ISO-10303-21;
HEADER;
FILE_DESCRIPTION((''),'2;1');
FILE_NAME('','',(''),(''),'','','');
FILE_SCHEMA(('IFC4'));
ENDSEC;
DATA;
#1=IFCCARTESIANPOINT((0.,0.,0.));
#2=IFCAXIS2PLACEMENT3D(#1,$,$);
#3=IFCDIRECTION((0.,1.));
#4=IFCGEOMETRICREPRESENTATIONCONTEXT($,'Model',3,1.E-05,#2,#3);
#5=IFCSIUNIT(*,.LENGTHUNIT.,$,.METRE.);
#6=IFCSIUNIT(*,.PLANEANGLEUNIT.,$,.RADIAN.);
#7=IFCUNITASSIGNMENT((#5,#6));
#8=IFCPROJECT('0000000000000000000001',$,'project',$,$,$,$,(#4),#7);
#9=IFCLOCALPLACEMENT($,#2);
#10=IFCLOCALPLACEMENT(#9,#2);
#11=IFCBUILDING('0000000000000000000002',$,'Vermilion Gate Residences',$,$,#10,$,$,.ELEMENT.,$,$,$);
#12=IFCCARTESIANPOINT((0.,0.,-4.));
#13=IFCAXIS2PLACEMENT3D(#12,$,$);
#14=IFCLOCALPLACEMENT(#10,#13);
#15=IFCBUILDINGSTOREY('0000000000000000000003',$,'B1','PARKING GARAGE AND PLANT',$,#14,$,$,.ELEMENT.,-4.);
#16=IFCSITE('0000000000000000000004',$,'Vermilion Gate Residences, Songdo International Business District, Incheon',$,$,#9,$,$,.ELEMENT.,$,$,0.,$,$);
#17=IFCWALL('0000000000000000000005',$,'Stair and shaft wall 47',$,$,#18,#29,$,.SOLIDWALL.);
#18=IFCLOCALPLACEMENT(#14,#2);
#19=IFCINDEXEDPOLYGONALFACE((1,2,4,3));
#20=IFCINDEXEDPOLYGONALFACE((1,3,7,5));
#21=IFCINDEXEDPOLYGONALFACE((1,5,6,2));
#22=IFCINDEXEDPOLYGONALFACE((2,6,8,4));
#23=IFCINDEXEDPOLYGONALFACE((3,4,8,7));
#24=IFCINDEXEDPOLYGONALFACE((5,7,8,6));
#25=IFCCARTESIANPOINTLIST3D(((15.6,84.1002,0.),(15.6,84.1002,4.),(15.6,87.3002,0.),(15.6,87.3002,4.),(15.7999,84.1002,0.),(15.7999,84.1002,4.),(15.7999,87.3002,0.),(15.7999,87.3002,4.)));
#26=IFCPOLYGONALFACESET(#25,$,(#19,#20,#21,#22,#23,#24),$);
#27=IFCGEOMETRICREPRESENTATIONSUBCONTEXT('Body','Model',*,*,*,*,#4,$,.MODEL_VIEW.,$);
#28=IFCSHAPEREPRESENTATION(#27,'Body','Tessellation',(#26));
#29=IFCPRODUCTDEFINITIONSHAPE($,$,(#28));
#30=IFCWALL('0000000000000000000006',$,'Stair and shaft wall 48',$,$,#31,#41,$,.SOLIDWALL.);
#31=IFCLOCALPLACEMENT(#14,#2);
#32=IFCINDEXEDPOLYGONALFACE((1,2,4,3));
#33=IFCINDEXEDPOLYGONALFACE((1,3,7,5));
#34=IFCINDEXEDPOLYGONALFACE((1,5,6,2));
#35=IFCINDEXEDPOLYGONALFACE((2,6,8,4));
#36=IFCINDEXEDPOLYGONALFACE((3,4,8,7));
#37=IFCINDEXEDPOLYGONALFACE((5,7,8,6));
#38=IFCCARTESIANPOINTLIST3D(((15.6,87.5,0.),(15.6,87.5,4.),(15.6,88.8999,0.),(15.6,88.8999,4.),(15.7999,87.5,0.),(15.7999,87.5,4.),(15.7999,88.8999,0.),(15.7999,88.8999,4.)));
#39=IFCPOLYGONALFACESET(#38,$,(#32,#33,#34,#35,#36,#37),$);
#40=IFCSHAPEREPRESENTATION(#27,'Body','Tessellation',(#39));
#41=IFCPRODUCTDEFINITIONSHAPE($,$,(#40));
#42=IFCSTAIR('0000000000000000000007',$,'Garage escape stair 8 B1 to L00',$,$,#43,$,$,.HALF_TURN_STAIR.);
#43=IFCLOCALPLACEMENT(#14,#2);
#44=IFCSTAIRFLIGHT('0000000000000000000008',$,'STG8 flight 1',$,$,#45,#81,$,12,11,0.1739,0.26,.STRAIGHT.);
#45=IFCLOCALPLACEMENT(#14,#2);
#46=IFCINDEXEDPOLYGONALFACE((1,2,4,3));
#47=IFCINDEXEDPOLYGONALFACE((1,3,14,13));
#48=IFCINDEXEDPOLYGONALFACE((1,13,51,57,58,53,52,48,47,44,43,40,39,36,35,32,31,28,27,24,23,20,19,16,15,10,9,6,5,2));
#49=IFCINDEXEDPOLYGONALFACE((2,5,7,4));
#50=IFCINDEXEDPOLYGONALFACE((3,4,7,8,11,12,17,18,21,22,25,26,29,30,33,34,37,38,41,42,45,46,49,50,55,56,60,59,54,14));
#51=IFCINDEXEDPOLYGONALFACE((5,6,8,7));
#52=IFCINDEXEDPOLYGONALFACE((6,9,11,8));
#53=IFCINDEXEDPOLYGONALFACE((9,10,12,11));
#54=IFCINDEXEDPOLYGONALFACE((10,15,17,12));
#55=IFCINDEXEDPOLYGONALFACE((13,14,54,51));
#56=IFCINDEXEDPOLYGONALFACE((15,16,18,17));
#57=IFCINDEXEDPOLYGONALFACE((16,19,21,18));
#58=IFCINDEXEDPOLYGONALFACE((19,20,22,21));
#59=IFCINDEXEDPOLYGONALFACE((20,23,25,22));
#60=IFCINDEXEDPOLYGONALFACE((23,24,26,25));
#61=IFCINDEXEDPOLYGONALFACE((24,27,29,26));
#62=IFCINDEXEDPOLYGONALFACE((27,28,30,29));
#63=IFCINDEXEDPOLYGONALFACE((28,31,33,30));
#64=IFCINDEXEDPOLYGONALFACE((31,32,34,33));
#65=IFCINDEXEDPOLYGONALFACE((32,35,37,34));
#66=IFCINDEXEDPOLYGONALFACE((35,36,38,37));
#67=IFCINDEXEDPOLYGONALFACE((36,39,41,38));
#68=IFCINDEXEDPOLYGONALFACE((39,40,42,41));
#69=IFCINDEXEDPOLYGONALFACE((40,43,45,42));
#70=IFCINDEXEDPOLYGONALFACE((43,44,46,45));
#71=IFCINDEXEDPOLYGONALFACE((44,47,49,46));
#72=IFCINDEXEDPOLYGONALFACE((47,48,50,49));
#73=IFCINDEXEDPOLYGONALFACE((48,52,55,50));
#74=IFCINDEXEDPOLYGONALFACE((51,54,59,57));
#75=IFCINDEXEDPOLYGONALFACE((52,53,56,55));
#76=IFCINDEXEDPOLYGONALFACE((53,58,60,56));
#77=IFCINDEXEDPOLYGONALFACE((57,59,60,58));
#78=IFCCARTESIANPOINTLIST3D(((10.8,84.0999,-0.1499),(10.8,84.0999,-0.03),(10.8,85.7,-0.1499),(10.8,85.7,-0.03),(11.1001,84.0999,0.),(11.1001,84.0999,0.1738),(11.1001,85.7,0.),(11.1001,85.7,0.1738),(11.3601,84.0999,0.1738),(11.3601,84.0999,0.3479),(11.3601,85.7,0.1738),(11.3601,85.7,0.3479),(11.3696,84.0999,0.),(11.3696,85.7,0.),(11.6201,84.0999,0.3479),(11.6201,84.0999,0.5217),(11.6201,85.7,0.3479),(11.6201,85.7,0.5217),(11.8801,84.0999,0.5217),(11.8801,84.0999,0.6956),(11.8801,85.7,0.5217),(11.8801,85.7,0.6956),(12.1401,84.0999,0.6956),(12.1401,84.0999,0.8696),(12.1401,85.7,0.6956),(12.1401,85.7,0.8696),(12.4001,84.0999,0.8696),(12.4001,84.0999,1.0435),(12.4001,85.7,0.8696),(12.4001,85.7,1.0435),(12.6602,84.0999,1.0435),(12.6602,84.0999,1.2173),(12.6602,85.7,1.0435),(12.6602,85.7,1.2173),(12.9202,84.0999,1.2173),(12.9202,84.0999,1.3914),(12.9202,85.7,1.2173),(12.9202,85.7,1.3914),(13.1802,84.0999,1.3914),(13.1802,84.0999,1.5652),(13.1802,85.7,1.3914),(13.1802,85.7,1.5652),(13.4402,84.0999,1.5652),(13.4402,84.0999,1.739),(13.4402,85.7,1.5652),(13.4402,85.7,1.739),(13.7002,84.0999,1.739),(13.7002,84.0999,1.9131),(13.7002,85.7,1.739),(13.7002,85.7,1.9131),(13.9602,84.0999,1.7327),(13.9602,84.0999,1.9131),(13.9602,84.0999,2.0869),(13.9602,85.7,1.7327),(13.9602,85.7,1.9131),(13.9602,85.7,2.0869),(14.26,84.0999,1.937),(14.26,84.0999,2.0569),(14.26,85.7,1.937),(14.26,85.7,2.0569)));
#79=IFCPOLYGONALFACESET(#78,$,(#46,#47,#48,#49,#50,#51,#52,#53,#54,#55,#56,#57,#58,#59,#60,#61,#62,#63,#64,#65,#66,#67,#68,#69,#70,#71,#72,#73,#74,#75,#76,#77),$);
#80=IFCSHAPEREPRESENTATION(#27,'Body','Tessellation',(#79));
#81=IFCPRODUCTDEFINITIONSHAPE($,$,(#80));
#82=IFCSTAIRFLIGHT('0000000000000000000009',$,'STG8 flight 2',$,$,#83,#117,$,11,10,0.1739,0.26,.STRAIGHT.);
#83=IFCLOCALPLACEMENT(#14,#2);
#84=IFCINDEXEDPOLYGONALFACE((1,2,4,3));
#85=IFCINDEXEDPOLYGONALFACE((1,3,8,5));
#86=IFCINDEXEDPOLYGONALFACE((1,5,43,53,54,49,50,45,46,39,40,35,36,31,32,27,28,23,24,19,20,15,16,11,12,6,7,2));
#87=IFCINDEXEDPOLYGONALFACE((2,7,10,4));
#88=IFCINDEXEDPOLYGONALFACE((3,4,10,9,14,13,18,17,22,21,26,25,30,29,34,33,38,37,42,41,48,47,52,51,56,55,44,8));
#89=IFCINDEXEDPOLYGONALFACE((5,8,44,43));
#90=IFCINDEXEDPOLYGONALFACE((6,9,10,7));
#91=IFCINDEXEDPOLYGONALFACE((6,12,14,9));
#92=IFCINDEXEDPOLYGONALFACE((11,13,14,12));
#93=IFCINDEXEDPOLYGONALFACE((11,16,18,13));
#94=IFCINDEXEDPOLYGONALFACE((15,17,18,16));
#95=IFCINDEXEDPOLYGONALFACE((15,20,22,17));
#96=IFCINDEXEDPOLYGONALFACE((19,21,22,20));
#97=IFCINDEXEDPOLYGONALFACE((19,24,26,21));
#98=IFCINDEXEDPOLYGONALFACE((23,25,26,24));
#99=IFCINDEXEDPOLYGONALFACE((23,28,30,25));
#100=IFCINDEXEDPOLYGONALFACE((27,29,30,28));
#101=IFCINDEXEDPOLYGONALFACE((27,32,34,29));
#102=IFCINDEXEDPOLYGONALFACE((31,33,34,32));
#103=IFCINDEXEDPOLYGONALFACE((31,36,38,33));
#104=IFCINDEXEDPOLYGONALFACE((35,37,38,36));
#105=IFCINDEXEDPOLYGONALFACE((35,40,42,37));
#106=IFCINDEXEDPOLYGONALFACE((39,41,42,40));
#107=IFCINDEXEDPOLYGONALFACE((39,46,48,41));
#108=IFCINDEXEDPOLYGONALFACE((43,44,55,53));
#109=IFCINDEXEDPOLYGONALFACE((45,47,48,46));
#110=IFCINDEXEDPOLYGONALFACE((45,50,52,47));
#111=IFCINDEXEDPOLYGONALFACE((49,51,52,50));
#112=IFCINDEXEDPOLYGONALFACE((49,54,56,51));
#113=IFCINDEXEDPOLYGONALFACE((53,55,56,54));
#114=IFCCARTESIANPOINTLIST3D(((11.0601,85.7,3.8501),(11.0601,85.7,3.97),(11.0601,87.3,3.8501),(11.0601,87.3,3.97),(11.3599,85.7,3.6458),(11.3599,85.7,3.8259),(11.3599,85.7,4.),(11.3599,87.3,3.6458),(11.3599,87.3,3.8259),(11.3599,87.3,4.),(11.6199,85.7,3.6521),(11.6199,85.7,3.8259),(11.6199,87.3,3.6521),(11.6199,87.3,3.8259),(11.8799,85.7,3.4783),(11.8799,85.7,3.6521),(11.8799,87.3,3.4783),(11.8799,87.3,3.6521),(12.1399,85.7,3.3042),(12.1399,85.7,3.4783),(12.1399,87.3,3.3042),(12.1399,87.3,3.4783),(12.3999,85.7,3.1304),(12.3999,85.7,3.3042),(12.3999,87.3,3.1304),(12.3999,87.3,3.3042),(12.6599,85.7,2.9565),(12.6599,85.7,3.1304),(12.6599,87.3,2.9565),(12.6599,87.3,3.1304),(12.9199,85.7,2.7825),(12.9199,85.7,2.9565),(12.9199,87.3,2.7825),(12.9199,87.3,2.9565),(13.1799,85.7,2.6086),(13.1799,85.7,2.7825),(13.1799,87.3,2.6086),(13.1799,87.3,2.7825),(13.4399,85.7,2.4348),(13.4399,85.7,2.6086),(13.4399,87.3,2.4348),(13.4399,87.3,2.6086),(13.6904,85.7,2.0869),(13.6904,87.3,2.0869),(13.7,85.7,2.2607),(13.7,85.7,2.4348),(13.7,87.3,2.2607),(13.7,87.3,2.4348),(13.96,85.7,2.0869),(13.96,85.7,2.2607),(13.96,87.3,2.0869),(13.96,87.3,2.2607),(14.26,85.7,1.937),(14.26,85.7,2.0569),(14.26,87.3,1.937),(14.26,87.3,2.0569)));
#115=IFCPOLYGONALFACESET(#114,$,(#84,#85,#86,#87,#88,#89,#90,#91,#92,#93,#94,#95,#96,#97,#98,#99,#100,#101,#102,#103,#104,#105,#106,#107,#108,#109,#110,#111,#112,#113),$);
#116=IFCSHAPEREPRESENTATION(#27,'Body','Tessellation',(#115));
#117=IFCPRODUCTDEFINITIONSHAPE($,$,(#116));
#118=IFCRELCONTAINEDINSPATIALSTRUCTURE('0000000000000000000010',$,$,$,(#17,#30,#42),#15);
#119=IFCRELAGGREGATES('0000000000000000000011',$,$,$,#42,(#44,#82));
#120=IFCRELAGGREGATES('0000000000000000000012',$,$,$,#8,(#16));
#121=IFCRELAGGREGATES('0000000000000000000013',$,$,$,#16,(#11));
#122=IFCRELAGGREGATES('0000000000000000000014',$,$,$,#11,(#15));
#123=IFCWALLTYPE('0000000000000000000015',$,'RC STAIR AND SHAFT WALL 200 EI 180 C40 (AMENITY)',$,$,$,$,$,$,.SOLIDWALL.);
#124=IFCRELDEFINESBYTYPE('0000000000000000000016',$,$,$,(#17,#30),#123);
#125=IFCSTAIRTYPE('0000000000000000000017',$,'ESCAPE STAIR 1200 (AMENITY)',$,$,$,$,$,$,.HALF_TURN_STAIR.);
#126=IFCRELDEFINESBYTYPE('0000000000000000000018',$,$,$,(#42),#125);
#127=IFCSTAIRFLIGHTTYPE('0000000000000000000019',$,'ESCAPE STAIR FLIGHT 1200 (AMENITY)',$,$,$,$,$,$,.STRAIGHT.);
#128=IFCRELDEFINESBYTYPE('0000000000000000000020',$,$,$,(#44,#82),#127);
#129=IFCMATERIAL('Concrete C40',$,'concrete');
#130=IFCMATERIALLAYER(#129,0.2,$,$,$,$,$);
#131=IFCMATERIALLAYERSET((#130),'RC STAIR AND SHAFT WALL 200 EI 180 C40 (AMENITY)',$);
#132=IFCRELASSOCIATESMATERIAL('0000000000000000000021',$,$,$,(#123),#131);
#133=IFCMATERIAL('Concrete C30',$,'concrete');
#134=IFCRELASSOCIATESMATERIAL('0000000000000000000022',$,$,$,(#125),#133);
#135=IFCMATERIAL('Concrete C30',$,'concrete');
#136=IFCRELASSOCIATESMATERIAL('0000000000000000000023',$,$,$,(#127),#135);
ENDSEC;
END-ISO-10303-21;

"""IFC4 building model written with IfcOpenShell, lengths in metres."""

from ifc_helpers import new_model, si_unit, direction, frame, frame_2d, origin, place, context, subcontext, project, spatial, polyline, rectangle, outline, extrude, material, layer, layer_set, type_object, element, aggregate, save


model = new_model("IFC4")

# Units and contexts
model_context = context("Model", 3, precision=1e-05, world=origin(), true_north=direction((0.0, 1.0)))
body_context = subcontext(model_context, "Body", "Model", "MODEL_VIEW")
ifc_project = project(units=[si_unit("LENGTHUNIT", "METRE"), si_unit("PLANEANGLEUNIT", "RADIAN")], contexts=[model_context])

# Site, building, storey
site_placement = place(None, origin())
site = spatial("IfcSite", under=ifc_project, at=site_placement, Name="Vermilion Gate Residences, Songdo International Business District, Incheon", CompositionType="ELEMENT", RefElevation=0.0)
building_placement = place(site_placement, origin())
building = spatial("IfcBuilding", under=site, at=building_placement, Name="Vermilion Gate Residences", CompositionType="ELEMENT")
storey_placement = place(building_placement, frame((0.0, 0.0, -4.0)))
storey = spatial("IfcBuildingStorey", under=building, at=storey_placement, Name="B1", Description="PARKING GARAGE AND PLANT", CompositionType="ELEMENT", Elevation=-4.0)

# Shared definitions
ifc_material_1 = material(Name="Concrete C40", Category="concrete")
ifc_layer_1 = layer(ifc_material_1, 0.2)
ifc_layer_set_1 = layer_set([ifc_layer_1], Name="RC STAIR AND SHAFT WALL 200 EI 180 C40 (AMENITY)")
wall_type_1 = type_object("IfcWallType", Name="RC STAIR AND SHAFT WALL 200 EI 180 C40 (AMENITY)", PredefinedType="SOLIDWALL", material=ifc_layer_set_1)

# Walls
wall_1_placement = place(storey_placement, frame((15.7, 84.1001, 0.0), z_axis=(0.0, 0.0, 1.0), x_axis=(0.0, 1.0, 0.0)))
element("IfcWall", 1, at=wall_1_placement, inside=storey, type_object=wall_type_1, Name="Stair and shaft wall 47", PredefinedType="SOLIDWALL", context=body_context, shape_type="SweptSolid", body=[
    extrude(rectangle(XDim=3.2, YDim=0.2, at=frame_2d((1.6001, 0.0))), origin(), (0.0, 0.0, 1.0), 4.0),
])
wall_2_placement = place(storey_placement, frame((15.7, 87.5, 0.0), z_axis=(0.0, 0.0, 1.0), x_axis=(0.0, 1.0, 0.0)))
element("IfcWall", 2, at=wall_2_placement, inside=storey, type_object=wall_type_1, Name="Stair and shaft wall 48", PredefinedType="SOLIDWALL", context=body_context, shape_type="SweptSolid", body=[
    extrude(rectangle(XDim=1.3999, YDim=0.2, at=frame_2d((0.7, 0.0))), origin(), (0.0, 0.0, 1.0), 4.0),
])

# Stair, stair flights
ifc_material_2 = material(Name="Concrete C30", Category="concrete")
stair_type = type_object("IfcStairType", Name="ESCAPE STAIR 1200 (AMENITY)", PredefinedType="HALF_TURN_STAIR", material=ifc_material_2)
stair_placement = place(storey_placement, origin())
stair = element("IfcStair", 3, at=stair_placement, inside=storey, type_object=stair_type, Name="Garage escape stair 8 B1 to L00", PredefinedType="HALF_TURN_STAIR")
ifc_material_3 = material(Name="Concrete C30", Category="concrete")
stair_flight_type = type_object("IfcStairFlightType", Name="ESCAPE STAIR FLIGHT 1200 (AMENITY)", PredefinedType="STRAIGHT", material=ifc_material_3)
stair_flight_1_placement = place(storey_placement, frame((11.1001, 84.8999, 0.0), z_axis=(0.0, 0.0, 1.0), x_axis=(1.0, 0.0, 0.0)))
stair_flight_1 = element("IfcStairFlight", 4, at=stair_flight_1_placement, type_object=stair_flight_type, Name="STG8 flight 1", NumberOfRisers=12, NumberOfTreads=11, PredefinedType="STRAIGHT", RiserHeight=0.1739, TreadLength=0.26, context=body_context, shape_type="SweptSolid", body=[
    extrude(outline(polyline([(-0.3, -0.1499), (-0.3, -0.03), (0.0, 0.0), (0.0, 0.1738), (0.26, 0.1738), (0.26, 0.3479), (0.52, 0.3479), (0.52, 0.5217), (0.78, 0.5217), (0.78, 0.6956), (1.04, 0.6956), (1.04, 0.8696), (1.3, 0.8696), (1.3, 1.0435), (1.5601, 1.0435), (1.5601, 1.2173), (1.8201, 1.2173), (1.8201, 1.3914), (2.0801, 1.3914), (2.0801, 1.5652), (2.3401, 1.5652), (2.3401, 1.739), (2.6001, 1.739), (2.6001, 1.9131), (2.8601, 1.9131), (2.8601, 2.0869), (3.1599, 2.0569), (3.1599, 1.937), (2.8601, 1.7327), (0.2695, 0.0), (-0.3, -0.1499)])), frame((0.0, 0.8, 0.0), z_axis=(0.0, -1.0, 0.0), x_axis=(1.0, 0.0, 0.0)), (0.0, 0.0, 1.0), 1.6001),
])
stair_flight_2_placement = place(storey_placement, frame((13.96, 86.5, 2.0869), z_axis=(0.0, 0.0, 1.0), x_axis=(-1.0, 0.0, 0.0)))
stair_flight_2 = element("IfcStairFlight", 5, at=stair_flight_2_placement, type_object=stair_flight_type, Name="STG8 flight 2", NumberOfRisers=11, NumberOfTreads=10, PredefinedType="STRAIGHT", RiserHeight=0.1739, TreadLength=0.26, context=body_context, shape_type="SweptSolid", body=[
    extrude(outline(polyline([(-0.3, -0.1499), (-0.3, -0.03), (0.0, 0.0), (0.0, 0.1738), (0.26, 0.1738), (0.26, 0.3479), (0.52, 0.3479), (0.52, 0.5217), (0.78, 0.5217), (0.78, 0.6956), (1.04, 0.6956), (1.04, 0.8696), (1.3, 0.8696), (1.3, 1.0435), (1.5601, 1.0435), (1.5601, 1.2173), (1.8201, 1.2173), (1.8201, 1.3914), (2.0801, 1.3914), (2.0801, 1.5652), (2.3401, 1.5652), (2.3401, 1.739), (2.6001, 1.739), (2.6001, 1.9131), (2.8999, 1.8831), (2.8999, 1.7632), (2.6001, 1.5588), (0.2695, 0.0), (-0.3, -0.1499)])), frame((0.0, 0.8, 0.0), z_axis=(0.0, -1.0, 0.0), x_axis=(1.0, 0.0, 0.0)), (0.0, 0.0, 1.0), 1.6001),
])
aggregate(stair, [stair_flight_1, stair_flight_2])

save(model, "model.ifc")
